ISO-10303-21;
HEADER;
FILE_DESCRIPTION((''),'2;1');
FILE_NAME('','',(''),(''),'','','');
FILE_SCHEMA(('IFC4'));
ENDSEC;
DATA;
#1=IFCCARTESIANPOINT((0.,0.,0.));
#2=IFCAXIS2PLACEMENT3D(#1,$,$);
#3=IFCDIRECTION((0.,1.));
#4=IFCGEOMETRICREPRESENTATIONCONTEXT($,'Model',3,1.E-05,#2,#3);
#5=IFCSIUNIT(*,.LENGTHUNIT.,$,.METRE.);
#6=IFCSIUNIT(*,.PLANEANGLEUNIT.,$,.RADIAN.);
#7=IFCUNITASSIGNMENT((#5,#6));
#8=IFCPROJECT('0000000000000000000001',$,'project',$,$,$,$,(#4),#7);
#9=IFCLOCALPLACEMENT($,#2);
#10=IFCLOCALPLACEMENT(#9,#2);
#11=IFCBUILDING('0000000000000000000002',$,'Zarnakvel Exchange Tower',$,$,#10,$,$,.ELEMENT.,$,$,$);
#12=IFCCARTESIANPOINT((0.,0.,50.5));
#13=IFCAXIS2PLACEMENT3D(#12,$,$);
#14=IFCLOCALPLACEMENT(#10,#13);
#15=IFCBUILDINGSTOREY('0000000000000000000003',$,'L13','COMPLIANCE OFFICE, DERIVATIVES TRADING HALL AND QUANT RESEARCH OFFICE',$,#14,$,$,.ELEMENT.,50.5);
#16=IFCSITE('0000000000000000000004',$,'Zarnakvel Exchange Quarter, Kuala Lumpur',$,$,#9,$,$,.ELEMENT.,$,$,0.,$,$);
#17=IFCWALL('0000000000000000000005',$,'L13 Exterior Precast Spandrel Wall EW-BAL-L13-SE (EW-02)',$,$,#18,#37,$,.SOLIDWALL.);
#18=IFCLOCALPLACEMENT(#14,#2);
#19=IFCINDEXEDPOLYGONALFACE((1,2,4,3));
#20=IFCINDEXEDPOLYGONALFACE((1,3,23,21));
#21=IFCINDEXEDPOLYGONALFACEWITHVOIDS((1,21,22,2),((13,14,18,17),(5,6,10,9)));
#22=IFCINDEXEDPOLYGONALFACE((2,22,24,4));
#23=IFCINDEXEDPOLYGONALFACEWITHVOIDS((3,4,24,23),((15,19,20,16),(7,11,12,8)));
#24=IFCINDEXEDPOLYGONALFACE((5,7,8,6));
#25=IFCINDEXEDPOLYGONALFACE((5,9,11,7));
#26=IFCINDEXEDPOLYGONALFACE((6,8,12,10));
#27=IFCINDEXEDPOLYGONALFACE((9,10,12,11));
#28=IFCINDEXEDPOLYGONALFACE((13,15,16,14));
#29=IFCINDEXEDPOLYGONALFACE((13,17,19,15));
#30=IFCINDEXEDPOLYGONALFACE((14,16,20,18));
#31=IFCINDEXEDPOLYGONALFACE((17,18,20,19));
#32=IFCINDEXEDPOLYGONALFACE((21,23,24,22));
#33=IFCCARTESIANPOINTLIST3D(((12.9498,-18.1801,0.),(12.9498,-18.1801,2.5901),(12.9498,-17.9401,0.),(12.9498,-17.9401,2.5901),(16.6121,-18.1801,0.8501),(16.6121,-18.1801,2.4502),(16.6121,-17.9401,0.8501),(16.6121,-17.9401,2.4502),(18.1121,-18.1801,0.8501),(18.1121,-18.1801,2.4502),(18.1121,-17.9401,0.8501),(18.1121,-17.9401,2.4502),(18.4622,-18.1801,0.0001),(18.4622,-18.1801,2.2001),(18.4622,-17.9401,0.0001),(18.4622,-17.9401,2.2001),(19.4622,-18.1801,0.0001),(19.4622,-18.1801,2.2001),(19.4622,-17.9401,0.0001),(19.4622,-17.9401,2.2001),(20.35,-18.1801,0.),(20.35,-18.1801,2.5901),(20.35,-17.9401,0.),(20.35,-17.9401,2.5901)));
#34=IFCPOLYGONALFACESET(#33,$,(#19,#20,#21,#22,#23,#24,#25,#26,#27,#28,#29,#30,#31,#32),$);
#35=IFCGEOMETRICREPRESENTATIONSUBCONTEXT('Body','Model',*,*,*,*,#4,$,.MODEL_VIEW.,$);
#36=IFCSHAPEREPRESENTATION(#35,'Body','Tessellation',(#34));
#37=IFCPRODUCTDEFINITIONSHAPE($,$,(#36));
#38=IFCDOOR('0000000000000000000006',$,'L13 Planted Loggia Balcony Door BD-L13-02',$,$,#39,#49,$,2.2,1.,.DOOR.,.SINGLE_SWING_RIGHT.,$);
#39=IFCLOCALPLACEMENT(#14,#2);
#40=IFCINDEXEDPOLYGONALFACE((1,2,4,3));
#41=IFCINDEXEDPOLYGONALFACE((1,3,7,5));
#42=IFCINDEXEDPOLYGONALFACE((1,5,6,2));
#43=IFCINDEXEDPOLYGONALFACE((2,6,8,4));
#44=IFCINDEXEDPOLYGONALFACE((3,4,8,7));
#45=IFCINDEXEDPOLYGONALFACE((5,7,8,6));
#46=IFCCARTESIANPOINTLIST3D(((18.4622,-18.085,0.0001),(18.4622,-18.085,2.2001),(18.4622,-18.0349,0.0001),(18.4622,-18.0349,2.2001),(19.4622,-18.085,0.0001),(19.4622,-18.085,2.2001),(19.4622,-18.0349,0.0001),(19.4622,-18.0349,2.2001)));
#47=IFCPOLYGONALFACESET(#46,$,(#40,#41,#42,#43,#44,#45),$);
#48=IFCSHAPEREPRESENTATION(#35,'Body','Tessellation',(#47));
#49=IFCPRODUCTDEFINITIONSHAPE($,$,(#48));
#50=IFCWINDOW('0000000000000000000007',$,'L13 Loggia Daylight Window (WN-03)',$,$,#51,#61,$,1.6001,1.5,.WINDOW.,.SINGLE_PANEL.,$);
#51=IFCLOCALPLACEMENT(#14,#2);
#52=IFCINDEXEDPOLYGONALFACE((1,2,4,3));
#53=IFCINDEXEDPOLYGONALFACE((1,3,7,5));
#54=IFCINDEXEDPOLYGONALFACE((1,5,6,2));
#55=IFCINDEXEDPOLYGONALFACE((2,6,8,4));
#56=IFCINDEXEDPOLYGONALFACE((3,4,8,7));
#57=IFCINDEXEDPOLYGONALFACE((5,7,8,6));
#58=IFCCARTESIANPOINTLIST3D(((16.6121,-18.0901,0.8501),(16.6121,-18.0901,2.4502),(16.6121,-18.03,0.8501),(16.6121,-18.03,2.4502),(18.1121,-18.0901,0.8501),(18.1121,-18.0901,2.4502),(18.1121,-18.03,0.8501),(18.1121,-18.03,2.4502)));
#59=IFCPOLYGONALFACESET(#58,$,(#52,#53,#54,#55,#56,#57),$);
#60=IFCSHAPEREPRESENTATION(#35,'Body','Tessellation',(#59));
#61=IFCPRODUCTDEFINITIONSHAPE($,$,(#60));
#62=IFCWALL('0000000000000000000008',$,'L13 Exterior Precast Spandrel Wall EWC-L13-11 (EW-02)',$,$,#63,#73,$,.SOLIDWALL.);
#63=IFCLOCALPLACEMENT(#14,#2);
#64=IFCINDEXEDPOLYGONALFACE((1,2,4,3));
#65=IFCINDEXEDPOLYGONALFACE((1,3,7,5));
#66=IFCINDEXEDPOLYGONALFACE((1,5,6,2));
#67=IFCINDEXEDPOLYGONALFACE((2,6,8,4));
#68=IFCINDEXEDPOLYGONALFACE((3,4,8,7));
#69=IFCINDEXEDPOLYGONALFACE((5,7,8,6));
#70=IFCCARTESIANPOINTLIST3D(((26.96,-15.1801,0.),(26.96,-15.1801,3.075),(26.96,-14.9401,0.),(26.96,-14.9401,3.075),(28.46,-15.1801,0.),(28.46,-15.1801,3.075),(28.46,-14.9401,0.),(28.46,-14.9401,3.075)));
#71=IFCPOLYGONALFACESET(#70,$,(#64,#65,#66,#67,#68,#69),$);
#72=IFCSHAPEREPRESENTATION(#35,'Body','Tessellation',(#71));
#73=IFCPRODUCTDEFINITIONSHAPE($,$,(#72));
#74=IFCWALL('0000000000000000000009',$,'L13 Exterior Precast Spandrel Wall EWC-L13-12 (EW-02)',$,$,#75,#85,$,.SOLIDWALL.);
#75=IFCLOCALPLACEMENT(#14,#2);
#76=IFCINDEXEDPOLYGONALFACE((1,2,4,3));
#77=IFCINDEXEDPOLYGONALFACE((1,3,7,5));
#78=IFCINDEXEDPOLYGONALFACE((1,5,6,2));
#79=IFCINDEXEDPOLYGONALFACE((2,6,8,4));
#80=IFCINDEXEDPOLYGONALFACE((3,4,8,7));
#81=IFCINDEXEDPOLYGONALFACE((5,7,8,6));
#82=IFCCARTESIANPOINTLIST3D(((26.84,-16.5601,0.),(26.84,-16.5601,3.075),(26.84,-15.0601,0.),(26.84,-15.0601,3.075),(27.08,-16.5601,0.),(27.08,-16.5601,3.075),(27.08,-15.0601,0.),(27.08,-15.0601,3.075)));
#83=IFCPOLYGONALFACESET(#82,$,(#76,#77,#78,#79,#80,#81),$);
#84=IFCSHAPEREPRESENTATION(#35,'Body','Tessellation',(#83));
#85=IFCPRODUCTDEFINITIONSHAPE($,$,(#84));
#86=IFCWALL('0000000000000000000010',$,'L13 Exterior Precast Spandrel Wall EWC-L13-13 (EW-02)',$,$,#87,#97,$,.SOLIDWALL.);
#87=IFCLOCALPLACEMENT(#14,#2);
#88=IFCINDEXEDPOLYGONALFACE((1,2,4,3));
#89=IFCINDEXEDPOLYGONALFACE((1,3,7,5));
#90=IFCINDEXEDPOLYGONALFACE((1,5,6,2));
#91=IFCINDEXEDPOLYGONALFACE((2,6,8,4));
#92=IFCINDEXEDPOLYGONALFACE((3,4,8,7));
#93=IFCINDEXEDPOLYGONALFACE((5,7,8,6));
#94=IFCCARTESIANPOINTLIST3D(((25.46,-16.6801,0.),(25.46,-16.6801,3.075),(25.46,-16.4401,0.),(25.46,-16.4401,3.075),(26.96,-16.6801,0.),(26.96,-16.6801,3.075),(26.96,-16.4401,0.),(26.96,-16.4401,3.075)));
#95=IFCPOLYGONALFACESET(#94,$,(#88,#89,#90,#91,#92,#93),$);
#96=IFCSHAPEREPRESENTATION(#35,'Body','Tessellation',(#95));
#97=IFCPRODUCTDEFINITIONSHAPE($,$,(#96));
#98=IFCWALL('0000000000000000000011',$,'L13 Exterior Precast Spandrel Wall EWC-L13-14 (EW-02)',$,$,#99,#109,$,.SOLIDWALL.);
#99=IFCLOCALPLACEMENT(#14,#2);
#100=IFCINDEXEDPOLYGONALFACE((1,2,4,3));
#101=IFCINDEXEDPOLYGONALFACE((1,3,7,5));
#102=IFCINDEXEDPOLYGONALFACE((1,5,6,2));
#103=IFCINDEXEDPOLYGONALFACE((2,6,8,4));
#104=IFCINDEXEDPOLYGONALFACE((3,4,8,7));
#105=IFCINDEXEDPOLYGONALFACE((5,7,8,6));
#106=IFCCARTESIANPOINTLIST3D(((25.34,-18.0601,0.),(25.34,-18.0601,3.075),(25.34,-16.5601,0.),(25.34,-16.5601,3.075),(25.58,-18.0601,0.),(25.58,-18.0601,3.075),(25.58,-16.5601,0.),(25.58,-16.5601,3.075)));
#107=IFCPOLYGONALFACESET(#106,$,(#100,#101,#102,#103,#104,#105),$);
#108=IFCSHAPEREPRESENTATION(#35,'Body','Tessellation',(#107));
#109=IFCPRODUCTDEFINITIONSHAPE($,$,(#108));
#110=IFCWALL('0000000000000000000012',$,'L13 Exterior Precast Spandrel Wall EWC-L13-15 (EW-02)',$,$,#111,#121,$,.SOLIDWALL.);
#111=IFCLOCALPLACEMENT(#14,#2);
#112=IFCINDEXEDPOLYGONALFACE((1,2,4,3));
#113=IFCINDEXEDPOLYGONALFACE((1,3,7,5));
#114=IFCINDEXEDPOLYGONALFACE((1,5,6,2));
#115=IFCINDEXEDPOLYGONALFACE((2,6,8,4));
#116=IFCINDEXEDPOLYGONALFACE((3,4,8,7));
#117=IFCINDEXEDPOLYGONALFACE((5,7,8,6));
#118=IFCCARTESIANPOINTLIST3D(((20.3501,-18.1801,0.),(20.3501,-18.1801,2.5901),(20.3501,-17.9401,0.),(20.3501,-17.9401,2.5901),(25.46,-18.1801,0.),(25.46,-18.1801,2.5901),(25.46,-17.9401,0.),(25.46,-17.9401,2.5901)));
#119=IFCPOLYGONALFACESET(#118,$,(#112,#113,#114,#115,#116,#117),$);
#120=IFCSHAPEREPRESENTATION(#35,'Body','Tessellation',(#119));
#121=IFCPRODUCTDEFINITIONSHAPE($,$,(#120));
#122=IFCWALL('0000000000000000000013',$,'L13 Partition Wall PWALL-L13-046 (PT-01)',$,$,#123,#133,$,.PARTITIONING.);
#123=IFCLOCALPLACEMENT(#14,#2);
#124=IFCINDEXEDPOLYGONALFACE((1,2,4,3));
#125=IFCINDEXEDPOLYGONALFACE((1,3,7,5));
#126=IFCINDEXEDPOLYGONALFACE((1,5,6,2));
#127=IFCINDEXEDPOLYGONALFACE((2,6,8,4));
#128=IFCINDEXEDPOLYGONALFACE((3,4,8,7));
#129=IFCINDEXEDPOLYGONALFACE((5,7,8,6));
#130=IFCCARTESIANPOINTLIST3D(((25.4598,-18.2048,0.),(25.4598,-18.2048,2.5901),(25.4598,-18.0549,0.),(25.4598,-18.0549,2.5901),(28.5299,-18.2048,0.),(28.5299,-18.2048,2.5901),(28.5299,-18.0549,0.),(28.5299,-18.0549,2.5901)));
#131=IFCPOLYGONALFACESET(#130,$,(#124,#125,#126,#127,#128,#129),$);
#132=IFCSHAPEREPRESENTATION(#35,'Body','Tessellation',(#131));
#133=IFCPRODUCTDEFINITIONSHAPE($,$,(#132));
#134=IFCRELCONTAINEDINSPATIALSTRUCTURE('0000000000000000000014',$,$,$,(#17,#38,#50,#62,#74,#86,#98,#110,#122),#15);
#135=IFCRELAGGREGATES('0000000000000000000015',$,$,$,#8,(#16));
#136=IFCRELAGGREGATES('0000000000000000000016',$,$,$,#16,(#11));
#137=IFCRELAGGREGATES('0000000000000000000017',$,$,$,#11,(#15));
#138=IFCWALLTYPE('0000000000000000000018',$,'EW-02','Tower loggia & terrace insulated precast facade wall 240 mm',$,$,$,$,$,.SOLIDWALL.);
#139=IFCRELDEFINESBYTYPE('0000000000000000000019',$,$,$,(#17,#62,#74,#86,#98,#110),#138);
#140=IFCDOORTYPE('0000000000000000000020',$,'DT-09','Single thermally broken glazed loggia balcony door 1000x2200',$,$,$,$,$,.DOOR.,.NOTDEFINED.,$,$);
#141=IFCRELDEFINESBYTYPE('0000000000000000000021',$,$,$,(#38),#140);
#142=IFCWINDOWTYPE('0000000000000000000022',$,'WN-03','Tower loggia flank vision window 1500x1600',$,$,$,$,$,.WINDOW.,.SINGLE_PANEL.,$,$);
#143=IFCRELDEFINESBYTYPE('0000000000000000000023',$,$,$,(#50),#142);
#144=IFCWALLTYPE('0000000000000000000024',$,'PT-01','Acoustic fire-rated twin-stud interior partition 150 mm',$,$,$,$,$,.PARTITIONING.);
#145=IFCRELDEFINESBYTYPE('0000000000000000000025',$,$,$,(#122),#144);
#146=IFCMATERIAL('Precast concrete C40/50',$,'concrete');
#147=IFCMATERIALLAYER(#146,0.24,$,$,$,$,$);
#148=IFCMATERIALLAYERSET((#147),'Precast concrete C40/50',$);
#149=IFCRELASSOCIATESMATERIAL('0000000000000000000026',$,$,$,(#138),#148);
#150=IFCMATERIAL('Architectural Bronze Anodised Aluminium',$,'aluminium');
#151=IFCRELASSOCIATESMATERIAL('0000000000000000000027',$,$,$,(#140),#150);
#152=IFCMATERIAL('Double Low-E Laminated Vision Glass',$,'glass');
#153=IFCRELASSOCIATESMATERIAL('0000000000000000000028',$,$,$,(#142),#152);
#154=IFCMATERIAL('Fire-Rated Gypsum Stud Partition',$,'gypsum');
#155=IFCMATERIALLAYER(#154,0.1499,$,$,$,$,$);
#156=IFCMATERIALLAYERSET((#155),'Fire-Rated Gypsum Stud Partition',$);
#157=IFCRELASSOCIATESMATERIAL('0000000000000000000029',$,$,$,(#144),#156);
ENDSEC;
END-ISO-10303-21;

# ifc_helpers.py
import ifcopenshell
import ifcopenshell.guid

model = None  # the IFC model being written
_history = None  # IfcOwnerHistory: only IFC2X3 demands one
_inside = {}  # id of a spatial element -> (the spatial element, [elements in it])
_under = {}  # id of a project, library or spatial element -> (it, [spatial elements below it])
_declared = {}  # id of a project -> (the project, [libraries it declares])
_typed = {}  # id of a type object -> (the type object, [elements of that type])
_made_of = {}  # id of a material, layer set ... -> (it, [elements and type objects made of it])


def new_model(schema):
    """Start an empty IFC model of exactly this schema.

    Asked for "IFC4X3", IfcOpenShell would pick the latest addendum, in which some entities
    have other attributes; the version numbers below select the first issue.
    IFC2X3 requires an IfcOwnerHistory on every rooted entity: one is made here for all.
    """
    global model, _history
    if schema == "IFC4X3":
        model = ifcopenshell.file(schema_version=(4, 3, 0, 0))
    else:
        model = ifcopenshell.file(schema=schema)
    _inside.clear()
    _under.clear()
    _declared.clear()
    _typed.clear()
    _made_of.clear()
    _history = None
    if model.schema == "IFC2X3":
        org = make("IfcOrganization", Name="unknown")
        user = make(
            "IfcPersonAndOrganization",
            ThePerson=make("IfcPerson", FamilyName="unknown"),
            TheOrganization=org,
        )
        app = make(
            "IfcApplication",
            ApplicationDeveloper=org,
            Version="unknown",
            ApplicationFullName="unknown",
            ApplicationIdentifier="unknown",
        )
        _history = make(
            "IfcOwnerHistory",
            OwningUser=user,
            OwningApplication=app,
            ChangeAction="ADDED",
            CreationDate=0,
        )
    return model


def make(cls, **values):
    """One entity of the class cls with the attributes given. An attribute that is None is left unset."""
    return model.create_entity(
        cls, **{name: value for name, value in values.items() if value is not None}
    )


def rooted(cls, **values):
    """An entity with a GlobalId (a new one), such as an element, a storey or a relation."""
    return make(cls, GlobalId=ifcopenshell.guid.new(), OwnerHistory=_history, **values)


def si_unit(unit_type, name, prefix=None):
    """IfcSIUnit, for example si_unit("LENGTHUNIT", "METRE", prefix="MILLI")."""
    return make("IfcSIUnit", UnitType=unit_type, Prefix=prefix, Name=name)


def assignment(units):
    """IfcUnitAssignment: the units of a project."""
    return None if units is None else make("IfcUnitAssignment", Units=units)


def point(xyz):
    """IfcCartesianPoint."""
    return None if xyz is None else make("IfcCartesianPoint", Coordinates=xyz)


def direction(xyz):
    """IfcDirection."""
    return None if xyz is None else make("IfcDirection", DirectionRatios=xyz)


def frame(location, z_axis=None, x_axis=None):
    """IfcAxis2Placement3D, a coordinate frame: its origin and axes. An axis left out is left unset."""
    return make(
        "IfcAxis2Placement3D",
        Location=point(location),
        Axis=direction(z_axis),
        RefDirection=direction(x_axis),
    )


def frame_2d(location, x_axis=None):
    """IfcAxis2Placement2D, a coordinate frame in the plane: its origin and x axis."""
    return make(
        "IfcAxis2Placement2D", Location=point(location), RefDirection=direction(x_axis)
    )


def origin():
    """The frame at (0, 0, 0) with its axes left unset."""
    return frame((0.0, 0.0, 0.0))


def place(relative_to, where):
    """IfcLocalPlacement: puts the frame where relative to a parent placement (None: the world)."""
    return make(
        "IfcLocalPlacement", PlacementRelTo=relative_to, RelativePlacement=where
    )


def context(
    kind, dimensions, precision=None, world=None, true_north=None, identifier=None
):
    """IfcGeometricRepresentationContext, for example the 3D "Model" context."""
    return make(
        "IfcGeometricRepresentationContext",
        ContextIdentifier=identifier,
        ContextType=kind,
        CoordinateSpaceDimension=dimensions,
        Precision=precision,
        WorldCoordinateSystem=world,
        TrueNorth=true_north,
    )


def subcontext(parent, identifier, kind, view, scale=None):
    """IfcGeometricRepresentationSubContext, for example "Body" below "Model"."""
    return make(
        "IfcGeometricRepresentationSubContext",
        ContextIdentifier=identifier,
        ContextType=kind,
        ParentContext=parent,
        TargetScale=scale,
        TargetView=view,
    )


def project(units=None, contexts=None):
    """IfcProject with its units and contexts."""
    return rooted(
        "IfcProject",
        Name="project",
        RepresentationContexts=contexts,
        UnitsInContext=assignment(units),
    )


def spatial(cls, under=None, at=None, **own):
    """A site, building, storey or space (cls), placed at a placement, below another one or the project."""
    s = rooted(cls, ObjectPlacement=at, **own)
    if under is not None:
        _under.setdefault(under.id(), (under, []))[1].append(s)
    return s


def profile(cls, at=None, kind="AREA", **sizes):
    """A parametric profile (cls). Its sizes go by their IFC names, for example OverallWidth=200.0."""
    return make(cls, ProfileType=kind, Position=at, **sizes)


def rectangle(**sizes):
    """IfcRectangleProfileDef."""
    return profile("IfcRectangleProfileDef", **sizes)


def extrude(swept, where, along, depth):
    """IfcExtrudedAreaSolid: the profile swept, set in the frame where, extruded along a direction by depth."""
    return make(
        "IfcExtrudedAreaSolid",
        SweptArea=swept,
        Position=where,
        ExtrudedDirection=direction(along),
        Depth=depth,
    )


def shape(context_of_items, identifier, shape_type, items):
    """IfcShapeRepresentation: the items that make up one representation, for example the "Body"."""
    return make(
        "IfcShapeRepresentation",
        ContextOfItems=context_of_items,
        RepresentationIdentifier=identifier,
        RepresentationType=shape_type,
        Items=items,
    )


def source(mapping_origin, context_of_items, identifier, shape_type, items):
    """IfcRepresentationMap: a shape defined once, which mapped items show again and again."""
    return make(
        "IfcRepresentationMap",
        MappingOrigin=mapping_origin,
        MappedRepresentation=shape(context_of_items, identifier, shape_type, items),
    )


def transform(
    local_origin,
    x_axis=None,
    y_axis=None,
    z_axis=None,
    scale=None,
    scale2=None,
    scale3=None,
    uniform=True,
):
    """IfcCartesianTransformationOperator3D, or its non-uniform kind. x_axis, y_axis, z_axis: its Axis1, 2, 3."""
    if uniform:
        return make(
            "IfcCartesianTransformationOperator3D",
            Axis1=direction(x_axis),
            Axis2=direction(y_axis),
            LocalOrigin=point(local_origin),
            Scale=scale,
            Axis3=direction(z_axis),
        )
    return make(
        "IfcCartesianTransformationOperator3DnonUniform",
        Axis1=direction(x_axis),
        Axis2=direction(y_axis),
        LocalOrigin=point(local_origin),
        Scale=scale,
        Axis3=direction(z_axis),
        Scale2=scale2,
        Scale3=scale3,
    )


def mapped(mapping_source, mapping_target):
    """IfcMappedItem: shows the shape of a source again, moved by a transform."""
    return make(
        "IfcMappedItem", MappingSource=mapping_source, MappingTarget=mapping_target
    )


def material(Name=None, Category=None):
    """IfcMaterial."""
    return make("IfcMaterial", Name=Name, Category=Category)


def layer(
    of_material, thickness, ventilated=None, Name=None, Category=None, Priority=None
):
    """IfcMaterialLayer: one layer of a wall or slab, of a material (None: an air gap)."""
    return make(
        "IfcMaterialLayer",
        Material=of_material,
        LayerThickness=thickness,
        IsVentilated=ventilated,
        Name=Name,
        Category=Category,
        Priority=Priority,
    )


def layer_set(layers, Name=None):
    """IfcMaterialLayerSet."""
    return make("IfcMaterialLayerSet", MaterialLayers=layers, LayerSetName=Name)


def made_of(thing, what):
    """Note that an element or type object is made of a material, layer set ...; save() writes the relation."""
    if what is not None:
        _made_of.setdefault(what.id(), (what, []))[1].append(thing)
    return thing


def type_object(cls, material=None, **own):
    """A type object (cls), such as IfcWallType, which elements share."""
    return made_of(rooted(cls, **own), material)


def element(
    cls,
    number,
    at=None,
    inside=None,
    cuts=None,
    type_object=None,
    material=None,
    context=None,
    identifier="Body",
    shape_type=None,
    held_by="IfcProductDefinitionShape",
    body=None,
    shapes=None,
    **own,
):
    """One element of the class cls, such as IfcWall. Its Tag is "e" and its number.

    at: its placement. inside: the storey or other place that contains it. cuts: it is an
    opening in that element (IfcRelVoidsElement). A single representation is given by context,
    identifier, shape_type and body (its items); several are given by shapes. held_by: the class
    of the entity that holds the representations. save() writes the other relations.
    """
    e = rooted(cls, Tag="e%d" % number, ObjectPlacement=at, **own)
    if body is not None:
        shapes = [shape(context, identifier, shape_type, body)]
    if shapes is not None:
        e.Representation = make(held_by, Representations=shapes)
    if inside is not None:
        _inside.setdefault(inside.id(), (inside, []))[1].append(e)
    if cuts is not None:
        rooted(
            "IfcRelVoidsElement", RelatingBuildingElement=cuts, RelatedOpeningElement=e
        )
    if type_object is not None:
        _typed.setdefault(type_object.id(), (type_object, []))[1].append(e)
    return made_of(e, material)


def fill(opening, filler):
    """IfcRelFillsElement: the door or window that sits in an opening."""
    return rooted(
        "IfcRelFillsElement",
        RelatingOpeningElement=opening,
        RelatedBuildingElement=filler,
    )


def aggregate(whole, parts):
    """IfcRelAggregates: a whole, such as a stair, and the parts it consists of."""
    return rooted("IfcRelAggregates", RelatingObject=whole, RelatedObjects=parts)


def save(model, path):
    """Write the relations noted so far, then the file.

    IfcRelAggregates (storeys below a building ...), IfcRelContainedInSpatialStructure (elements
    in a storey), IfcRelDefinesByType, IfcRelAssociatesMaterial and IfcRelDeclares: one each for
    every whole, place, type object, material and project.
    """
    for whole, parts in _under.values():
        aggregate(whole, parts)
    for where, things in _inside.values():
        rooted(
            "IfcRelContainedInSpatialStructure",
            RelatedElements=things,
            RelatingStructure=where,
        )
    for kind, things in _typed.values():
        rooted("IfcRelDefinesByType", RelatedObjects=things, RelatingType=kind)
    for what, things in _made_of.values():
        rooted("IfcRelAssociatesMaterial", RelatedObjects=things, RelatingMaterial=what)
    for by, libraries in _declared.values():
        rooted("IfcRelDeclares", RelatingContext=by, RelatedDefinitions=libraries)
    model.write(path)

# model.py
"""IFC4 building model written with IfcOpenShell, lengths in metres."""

from ifc_helpers import new_model, si_unit, direction, frame, frame_2d, origin, place, context, subcontext, project, spatial, rectangle, extrude, source, transform, mapped, material, layer, layer_set, type_object, element, fill, save


model = new_model("IFC4")

# Units and contexts
model_context = context("Model", 3, precision=1e-05, world=origin(), true_north=direction((0.0, 1.0)))
body_context = subcontext(model_context, "Body", "Model", "MODEL_VIEW")
ifc_project = project(units=[si_unit("LENGTHUNIT", "METRE"), si_unit("PLANEANGLEUNIT", "RADIAN")], contexts=[model_context])

# Site, building, storey
site_placement = place(None, origin())
site = spatial("IfcSite", under=ifc_project, at=site_placement, Name="Zarnakvel Exchange Quarter, Kuala Lumpur", CompositionType="ELEMENT", RefElevation=0.0)
building_placement = place(site_placement, origin())
building = spatial("IfcBuilding", under=site, at=building_placement, Name="Zarnakvel Exchange Tower", CompositionType="ELEMENT")
storey_placement = place(building_placement, frame((0.0, 0.0, 50.5)))
storey = spatial("IfcBuildingStorey", under=building, at=storey_placement, Name="L13", Description="COMPLIANCE OFFICE, DERIVATIVES TRADING HALL AND QUANT RESEARCH OFFICE", CompositionType="ELEMENT", Elevation=50.5)

# Wall, openings, door, window
ifc_material_1 = material(Name="Precast concrete C40/50", Category="concrete")
ifc_layer_1 = layer(ifc_material_1, 0.24)
ifc_layer_set_1 = layer_set([ifc_layer_1], Name="Precast concrete C40/50")
wall_type_1 = type_object("IfcWallType", Name="EW-02", Description="Tower loggia & terrace insulated precast facade wall 240 mm", PredefinedType="SOLIDWALL", material=ifc_layer_set_1)
wall_1_placement = place(storey_placement, frame((20.3501, -18.0601, 0.0), z_axis=(0.0, 0.0, 1.0), x_axis=(-1.0, 0.0, 0.0)))
wall_1 = element("IfcWall", 1, at=wall_1_placement, inside=storey, type_object=wall_type_1, Name="L13 Exterior Precast Spandrel Wall EW-BAL-L13-SE (EW-02)", PredefinedType="SOLIDWALL", context=body_context, shape_type="SweptSolid", body=[
    extrude(rectangle(XDim=7.4001, YDim=0.24, at=frame_2d((3.7002, 0.0))), origin(), (0.0, 0.0, 1.0), 2.5901),
])
opening_1_placement = place(wall_1_placement, frame((0.8879, 0.0, 0.0)))
opening_1 = element("IfcOpeningElement", 2, at=opening_1_placement, cuts=wall_1, PredefinedType="OPENING", context=body_context, shape_type="SweptSolid", body=[
    extrude(rectangle(XDim=1.0, YDim=2.2, at=frame_2d((0.5, 1.1001))), frame((0.0, 0.1299, 0.0), z_axis=(0.0, -1.0, 0.0), x_axis=(1.0, 0.0, 0.0)), (0.0, 0.0, 1.0), 0.26),
])
opening_2_placement = place(wall_1_placement, frame((2.238, 0.0, 0.8501)))
opening_2 = element("IfcOpeningElement", 3, at=opening_2_placement, cuts=wall_1, PredefinedType="OPENING", context=body_context, shape_type="SweptSolid", body=[
    extrude(rectangle(XDim=1.5, YDim=1.6001, at=frame_2d((0.75, 0.8))), frame((0.0, 0.1299, 0.0), z_axis=(0.0, -1.0, 0.0), x_axis=(1.0, 0.0, 0.0)), (0.0, 0.0, 1.0), 0.26),
])
ifc_material_2 = material(Name="Architectural Bronze Anodised Aluminium", Category="aluminium")
door_type = type_object("IfcDoorType", Name="DT-09", Description="Single thermally broken glazed loggia balcony door 1000x2200", OperationType="NOTDEFINED", PredefinedType="DOOR", material=ifc_material_2)
shared_shape_1 = source(origin(), body_context, "Body", "SweptSolid", [
    extrude(rectangle(XDim=1.0, YDim=2.2, at=frame_2d((0.5, 1.1001))), frame((0.0, 0.0249, 0.0), z_axis=(0.0, -1.0, 0.0), x_axis=(1.0, 0.0, 0.0)), (0.0, 0.0, 1.0), 0.05),
])
door_placement = place(opening_1_placement, origin())
door = element("IfcDoor", 4, at=door_placement, inside=storey, type_object=door_type, Name="L13 Planted Loggia Balcony Door BD-L13-02", OperationType="SINGLE_SWING_RIGHT", OverallHeight=2.2, OverallWidth=1.0, PredefinedType="DOOR", context=body_context, shape_type="MappedRepresentation", body=[
    mapped(shared_shape_1, transform((0.0, 0.0, 0.0), x_axis=(1.0, 0.0, 0.0), y_axis=(0.0, 1.0, 0.0), z_axis=(0.0, 0.0, 1.0), scale=1.0)),
])
fill(opening_1, door)
ifc_material_3 = material(Name="Double Low-E Laminated Vision Glass", Category="glass")
window_type = type_object("IfcWindowType", Name="WN-03", Description="Tower loggia flank vision window 1500x1600", PartitioningType="SINGLE_PANEL", PredefinedType="WINDOW", material=ifc_material_3)
shared_shape_2 = source(origin(), body_context, "Body", "SweptSolid", [
    extrude(rectangle(XDim=1.5, YDim=1.6001, at=frame_2d((0.75, 0.8))), frame((0.0, 0.03, 0.0), z_axis=(0.0, -1.0, 0.0), x_axis=(1.0, 0.0, 0.0)), (0.0, 0.0, 1.0), 0.0601),
])
window_placement = place(opening_2_placement, origin())
window = element("IfcWindow", 5, at=window_placement, inside=storey, type_object=window_type, Name="L13 Loggia Daylight Window (WN-03)", OverallHeight=1.6001, OverallWidth=1.5, PartitioningType="SINGLE_PANEL", PredefinedType="WINDOW", context=body_context, shape_type="MappedRepresentation", body=[
    mapped(shared_shape_2, transform((0.0, 0.0, 0.0), x_axis=(1.0, 0.0, 0.0), y_axis=(0.0, 1.0, 0.0), z_axis=(0.0, 0.0, 1.0), scale=1.0)),
])
fill(opening_2, window)

# Walls
for number, where, z_axis, x_axis, name in (
    (6, (26.96, -15.0601, 0.0), (0.0, 0.0, 1.0), (1.0, 0.0, 0.0), "L13 Exterior Precast Spandrel Wall EWC-L13-11 (EW-02)"),
    (7, (26.96, -16.5601, 0.0), (0.0, 0.0, 1.0), (0.0, 1.0, 0.0), "L13 Exterior Precast Spandrel Wall EWC-L13-12 (EW-02)"),
    (8, (25.46, -16.5601, 0.0), (0.0, 0.0, 1.0), (1.0, 0.0, 0.0), "L13 Exterior Precast Spandrel Wall EWC-L13-13 (EW-02)"),
    (9, (25.46, -18.0601, 0.0), (0.0, 0.0, 1.0), (0.0, 1.0, 0.0), "L13 Exterior Precast Spandrel Wall EWC-L13-14 (EW-02)"),
):
    element("IfcWall", number, at=place(storey_placement, frame(where, z_axis=z_axis, x_axis=x_axis)), inside=storey, type_object=wall_type_1, Name=name, PredefinedType="SOLIDWALL", context=body_context, shape_type="SweptSolid", body=[
        extrude(rectangle(XDim=1.5, YDim=0.24, at=frame_2d((0.75, 0.0))), origin(), (0.0, 0.0, 1.0), 3.075),
    ])
wall_2_placement = place(storey_placement, frame((20.3501, -18.0601, 0.0), z_axis=(0.0, 0.0, 1.0), x_axis=(1.0, 0.0, 0.0)))
element("IfcWall", 10, at=wall_2_placement, inside=storey, type_object=wall_type_1, Name="L13 Exterior Precast Spandrel Wall EWC-L13-15 (EW-02)", PredefinedType="SOLIDWALL", context=body_context, shape_type="SweptSolid", body=[
    extrude(rectangle(XDim=5.1099, YDim=0.24, at=frame_2d((2.5549, 0.0))), origin(), (0.0, 0.0, 1.0), 2.5901),
])
ifc_material_4 = material(Name="Fire-Rated Gypsum Stud Partition", Category="gypsum")
ifc_layer_2 = layer(ifc_material_4, 0.1499)
ifc_layer_set_2 = layer_set([ifc_layer_2], Name="Fire-Rated Gypsum Stud Partition")
wall_type_2 = type_object("IfcWallType", Name="PT-01", Description="Acoustic fire-rated twin-stud interior partition 150 mm", PredefinedType="PARTITIONING", material=ifc_layer_set_2)
wall_3_placement = place(storey_placement, frame((28.53, -18.1299, 0.0), z_axis=(0.0, 0.0, 1.0), x_axis=(-1.0, 0.0, 0.0)))
element("IfcWall", 11, at=wall_3_placement, inside=storey, type_object=wall_type_2, Name="L13 Partition Wall PWALL-L13-046 (PT-01)", PredefinedType="PARTITIONING", context=body_context, shape_type="SweptSolid", body=[
    extrude(rectangle(XDim=3.0701, YDim=0.1499, at=frame_2d((1.5352, 0.0))), origin(), (0.0, 0.0, 1.0), 2.5901),
])

save(model, "model.ifc")
